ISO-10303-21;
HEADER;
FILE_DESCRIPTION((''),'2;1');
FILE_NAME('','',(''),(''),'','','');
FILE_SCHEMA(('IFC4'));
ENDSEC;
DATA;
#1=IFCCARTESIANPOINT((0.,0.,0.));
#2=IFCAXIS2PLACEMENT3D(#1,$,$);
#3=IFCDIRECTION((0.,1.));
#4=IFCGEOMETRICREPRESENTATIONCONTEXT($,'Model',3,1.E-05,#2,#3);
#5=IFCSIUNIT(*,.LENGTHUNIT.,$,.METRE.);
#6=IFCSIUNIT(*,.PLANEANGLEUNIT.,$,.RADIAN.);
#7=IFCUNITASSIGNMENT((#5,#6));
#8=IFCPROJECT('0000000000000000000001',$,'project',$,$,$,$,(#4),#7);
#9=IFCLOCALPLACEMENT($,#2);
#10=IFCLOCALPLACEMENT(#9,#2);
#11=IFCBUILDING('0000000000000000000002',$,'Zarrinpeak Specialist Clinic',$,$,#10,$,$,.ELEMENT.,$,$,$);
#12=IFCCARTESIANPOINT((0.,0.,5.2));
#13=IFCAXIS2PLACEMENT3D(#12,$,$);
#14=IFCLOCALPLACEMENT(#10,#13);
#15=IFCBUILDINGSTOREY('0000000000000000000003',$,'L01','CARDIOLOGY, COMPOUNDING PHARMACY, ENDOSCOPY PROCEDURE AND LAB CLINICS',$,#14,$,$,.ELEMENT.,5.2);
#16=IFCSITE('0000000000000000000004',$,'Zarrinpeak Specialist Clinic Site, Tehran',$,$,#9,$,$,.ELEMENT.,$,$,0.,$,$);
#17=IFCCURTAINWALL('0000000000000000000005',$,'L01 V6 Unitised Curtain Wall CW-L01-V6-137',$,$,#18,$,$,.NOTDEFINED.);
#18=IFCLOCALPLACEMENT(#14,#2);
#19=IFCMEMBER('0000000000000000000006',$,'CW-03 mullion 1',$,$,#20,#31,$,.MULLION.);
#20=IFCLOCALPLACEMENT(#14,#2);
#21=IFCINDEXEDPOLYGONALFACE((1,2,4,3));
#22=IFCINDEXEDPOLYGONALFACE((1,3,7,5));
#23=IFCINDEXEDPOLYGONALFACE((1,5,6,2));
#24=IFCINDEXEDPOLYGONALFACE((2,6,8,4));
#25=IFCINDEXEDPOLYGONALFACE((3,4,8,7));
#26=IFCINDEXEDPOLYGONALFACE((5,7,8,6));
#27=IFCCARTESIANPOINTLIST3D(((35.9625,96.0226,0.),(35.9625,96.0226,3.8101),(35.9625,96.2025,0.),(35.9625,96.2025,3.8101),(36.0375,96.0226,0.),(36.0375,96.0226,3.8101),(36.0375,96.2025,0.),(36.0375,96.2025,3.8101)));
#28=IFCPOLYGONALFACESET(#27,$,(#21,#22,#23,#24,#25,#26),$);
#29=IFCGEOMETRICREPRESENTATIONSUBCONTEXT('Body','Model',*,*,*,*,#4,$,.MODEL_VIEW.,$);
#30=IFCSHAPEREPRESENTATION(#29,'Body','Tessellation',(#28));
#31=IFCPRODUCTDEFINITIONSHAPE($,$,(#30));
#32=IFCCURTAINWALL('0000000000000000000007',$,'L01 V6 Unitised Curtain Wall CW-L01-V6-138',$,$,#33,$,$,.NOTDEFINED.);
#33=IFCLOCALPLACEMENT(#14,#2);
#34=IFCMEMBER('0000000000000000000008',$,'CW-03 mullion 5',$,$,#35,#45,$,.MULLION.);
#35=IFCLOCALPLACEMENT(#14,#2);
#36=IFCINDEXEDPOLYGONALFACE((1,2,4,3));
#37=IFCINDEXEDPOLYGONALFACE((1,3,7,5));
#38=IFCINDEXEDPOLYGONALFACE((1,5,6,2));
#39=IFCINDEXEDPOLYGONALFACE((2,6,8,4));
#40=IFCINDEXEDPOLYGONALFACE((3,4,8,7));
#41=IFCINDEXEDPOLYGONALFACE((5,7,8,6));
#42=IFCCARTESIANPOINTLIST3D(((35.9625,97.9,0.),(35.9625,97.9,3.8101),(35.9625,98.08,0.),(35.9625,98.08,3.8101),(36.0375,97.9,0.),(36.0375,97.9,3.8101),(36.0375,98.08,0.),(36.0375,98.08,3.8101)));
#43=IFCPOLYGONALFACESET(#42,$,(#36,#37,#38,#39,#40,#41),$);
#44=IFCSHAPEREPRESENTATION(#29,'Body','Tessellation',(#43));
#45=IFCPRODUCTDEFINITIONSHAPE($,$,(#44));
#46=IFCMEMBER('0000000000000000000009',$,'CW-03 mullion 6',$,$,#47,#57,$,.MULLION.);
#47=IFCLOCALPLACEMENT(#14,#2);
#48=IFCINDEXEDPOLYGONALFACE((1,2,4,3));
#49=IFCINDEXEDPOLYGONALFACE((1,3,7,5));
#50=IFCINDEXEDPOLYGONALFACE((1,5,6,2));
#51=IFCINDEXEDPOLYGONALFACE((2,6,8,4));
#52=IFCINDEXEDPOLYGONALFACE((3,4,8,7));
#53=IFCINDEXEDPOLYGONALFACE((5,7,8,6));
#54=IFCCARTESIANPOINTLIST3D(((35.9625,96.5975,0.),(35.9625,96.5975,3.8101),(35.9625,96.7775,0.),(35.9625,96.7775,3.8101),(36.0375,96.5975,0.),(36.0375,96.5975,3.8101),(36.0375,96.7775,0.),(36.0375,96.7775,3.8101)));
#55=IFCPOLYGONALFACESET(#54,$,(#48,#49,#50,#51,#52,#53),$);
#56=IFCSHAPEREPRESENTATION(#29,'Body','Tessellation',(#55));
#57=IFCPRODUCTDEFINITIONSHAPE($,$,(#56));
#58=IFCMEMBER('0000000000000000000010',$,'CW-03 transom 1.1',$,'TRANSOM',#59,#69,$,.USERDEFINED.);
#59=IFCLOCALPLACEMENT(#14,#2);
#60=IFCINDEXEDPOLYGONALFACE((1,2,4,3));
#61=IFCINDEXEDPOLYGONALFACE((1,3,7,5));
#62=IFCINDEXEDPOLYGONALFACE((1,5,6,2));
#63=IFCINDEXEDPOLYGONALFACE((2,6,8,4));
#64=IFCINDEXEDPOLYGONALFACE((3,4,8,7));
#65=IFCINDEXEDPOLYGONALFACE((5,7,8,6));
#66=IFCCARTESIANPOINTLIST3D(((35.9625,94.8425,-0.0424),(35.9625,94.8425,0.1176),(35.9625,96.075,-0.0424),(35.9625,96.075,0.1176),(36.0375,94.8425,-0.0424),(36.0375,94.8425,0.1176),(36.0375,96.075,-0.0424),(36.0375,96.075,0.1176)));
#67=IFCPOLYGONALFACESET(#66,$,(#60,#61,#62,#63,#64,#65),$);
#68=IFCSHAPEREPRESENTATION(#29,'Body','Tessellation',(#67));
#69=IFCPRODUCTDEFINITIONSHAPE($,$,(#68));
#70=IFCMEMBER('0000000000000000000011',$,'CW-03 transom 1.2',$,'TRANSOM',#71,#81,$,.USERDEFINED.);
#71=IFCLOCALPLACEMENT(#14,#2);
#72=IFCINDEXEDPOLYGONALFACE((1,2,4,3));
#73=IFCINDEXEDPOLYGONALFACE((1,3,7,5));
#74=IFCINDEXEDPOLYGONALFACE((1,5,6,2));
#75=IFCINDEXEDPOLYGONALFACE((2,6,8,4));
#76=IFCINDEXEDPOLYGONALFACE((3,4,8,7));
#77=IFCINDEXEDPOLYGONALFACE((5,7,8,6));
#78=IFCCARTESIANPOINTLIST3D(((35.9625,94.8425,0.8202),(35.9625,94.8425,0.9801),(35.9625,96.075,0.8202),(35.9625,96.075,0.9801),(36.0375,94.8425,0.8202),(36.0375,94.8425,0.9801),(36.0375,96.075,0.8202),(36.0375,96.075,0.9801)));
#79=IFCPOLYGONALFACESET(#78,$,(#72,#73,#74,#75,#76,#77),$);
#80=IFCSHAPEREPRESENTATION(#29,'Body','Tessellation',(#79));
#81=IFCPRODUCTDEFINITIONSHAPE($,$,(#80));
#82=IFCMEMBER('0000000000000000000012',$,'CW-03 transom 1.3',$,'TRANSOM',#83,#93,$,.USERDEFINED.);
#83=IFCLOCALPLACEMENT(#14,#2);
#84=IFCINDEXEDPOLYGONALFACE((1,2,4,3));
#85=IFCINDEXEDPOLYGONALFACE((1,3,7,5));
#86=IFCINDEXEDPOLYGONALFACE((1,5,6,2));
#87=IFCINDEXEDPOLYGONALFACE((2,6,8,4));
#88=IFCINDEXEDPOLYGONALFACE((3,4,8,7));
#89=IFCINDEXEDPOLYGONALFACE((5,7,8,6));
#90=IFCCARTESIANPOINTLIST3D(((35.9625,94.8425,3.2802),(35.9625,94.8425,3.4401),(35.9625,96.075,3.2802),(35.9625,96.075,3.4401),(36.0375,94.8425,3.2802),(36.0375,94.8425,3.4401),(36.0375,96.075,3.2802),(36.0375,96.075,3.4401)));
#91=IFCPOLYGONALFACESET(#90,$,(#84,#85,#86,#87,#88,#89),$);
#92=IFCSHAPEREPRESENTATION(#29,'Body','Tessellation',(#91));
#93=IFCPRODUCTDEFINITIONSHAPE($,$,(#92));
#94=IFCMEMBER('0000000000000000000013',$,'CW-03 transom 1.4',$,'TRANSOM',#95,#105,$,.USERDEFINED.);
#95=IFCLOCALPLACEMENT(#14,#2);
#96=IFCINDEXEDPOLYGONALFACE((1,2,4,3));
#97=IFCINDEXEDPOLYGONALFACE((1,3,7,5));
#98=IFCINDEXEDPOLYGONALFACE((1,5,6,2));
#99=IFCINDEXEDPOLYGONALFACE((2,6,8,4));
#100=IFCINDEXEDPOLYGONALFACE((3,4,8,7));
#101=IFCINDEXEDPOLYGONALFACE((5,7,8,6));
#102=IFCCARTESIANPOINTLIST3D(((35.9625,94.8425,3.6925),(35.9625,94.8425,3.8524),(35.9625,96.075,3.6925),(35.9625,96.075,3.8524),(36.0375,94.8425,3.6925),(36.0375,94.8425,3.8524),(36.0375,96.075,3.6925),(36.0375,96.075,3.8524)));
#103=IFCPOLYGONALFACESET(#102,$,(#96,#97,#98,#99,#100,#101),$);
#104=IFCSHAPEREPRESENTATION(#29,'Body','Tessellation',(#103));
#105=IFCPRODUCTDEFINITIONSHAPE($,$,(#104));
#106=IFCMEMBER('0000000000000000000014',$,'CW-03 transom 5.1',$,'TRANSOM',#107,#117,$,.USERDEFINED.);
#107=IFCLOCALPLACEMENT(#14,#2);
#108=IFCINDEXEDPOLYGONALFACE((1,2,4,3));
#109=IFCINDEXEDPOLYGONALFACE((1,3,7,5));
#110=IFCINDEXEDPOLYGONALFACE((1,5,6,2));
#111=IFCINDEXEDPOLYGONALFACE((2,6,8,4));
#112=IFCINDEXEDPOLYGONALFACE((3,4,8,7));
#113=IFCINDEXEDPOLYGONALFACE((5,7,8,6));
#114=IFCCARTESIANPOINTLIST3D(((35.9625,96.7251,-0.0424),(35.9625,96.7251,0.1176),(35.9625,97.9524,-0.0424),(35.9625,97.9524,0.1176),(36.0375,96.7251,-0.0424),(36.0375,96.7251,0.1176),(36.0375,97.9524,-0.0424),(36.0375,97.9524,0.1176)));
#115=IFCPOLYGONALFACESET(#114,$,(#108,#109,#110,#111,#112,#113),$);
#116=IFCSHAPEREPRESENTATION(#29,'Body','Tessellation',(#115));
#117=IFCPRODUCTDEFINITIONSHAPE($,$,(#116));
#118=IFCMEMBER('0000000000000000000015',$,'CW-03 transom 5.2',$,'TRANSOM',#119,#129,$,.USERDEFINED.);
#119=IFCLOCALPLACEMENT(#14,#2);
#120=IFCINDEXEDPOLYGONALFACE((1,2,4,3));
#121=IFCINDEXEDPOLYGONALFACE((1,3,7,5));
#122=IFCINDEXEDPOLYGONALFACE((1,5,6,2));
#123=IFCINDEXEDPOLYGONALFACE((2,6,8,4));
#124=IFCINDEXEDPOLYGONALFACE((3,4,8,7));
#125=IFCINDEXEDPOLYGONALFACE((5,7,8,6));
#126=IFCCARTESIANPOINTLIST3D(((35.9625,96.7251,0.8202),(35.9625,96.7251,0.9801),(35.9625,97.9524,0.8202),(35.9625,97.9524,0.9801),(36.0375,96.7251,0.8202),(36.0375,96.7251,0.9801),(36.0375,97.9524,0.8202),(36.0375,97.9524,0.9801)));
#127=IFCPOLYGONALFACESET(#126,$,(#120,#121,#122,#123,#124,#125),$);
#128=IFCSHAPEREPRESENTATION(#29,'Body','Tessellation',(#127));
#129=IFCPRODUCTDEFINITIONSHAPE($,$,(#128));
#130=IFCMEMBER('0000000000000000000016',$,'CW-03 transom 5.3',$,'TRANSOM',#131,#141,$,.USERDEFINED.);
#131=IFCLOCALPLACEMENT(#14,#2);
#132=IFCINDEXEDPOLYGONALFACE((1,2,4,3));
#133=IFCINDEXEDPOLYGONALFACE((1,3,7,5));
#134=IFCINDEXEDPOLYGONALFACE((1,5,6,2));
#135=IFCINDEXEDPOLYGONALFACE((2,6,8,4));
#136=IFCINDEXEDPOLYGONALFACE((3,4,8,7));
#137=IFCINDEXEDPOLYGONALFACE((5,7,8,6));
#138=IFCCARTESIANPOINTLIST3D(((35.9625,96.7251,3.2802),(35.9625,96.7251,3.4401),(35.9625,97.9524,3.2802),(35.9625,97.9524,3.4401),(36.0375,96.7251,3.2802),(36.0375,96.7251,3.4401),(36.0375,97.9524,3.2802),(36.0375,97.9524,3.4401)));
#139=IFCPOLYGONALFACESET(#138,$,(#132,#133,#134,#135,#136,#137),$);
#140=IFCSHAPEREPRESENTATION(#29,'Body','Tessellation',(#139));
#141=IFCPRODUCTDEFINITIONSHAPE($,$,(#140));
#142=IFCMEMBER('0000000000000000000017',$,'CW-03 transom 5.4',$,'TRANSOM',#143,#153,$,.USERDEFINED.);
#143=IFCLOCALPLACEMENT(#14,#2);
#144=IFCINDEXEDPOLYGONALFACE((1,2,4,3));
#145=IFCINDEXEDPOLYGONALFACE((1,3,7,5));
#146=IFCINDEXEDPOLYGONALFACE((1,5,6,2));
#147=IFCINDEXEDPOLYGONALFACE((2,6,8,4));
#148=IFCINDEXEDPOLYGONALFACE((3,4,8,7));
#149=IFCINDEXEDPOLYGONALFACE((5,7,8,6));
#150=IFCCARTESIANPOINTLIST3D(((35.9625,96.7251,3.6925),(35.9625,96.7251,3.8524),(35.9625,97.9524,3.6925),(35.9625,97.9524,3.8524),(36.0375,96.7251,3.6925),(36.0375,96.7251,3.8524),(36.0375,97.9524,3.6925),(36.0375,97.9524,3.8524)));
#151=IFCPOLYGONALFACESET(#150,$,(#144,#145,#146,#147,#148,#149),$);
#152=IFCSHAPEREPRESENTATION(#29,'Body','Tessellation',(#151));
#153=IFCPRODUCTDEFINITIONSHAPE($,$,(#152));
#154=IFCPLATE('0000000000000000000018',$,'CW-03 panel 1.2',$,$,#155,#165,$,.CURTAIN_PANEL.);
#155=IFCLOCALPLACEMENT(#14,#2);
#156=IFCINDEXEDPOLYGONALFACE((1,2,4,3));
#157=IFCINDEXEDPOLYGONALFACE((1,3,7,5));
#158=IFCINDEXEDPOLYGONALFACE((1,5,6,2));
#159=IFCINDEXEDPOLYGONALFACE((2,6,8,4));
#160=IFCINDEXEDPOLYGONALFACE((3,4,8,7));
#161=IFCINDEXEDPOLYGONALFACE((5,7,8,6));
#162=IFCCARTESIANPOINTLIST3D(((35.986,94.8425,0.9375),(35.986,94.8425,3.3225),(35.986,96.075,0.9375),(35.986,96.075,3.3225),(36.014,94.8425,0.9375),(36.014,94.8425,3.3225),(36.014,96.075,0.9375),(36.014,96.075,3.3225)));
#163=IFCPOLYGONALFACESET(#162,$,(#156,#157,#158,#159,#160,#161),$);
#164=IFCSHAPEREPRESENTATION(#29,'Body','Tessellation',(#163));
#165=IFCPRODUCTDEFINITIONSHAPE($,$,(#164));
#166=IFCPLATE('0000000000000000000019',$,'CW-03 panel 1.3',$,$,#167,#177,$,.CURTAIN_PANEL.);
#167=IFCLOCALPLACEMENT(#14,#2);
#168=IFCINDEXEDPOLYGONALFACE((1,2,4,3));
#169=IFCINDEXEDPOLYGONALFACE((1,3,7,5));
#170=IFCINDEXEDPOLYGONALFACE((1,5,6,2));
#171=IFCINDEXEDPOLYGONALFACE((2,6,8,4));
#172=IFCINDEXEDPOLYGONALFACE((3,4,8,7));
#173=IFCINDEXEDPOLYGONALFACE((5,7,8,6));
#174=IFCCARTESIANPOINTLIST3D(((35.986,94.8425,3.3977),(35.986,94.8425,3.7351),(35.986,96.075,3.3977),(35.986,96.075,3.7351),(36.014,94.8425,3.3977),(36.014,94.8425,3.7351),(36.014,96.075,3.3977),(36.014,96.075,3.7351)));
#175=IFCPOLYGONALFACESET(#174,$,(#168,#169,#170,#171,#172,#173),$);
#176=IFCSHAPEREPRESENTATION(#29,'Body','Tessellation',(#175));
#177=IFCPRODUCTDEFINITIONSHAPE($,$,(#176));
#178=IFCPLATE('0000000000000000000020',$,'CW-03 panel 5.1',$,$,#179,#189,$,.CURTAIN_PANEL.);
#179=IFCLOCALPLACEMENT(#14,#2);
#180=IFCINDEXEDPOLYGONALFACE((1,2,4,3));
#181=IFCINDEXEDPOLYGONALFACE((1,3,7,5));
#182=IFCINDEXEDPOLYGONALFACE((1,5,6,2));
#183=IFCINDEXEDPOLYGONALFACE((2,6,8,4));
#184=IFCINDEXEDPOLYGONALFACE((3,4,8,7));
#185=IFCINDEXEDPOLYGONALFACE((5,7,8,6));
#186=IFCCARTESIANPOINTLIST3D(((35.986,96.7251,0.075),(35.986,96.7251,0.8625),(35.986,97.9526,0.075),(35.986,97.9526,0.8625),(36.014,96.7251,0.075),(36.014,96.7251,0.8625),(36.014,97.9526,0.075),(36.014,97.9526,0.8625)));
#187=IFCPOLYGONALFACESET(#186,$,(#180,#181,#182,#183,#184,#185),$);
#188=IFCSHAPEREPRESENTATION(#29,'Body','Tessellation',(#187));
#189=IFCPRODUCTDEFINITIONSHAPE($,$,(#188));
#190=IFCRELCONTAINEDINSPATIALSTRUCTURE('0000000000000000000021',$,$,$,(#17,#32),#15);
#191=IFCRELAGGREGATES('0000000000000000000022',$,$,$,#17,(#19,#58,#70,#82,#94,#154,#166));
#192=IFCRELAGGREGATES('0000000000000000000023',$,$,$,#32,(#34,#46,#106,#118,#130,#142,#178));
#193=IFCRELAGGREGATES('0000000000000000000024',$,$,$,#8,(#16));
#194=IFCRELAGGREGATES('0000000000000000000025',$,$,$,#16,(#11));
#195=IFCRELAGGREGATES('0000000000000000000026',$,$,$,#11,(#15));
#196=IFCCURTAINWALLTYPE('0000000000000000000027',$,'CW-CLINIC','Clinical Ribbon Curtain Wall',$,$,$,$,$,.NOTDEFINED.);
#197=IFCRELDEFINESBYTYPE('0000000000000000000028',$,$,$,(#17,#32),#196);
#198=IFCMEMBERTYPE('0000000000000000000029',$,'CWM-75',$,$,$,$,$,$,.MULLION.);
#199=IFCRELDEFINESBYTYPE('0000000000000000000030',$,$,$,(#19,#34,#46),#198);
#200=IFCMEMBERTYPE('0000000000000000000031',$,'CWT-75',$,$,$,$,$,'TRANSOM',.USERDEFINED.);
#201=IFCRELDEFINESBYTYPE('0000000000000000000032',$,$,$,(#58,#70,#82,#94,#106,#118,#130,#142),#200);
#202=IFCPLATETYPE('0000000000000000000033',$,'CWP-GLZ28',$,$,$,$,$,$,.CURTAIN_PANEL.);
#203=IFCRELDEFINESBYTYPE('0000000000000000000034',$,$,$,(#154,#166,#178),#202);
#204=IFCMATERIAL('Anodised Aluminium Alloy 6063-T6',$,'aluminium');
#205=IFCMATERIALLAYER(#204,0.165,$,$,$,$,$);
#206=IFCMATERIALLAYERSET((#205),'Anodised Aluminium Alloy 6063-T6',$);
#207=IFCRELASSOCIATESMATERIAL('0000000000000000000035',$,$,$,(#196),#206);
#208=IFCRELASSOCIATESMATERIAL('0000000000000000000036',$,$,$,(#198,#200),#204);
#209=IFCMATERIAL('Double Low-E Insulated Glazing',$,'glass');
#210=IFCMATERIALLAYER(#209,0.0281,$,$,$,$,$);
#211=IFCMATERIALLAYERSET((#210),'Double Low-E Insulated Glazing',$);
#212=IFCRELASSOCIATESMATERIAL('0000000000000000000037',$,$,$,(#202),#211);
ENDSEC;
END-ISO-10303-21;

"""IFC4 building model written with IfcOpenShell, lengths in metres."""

from ifc_helpers import new_model, si_unit, direction, frame, origin, origin_2d, place, context, subcontext, project, spatial, rectangle, extrude, material, layer, layer_set, material_profile, profile_set, type_object, element, aggregate, save


model = new_model("IFC4")

# Units and contexts
model_context = context("Model", 3, precision=1e-05, world=origin(), true_north=direction((0.0, 1.0)))
body_context = subcontext(model_context, "Body", "Model", "MODEL_VIEW")
ifc_project = project(units=[si_unit("LENGTHUNIT", "METRE"), si_unit("PLANEANGLEUNIT", "RADIAN")], contexts=[model_context])

# Site, building, storey
site_placement = place(None, origin())
site = spatial("IfcSite", under=ifc_project, at=site_placement, Name="Zarrinpeak Specialist Clinic Site, Tehran", CompositionType="ELEMENT", RefElevation=0.0)
building_placement = place(site_placement, origin())
building = spatial("IfcBuilding", under=site, at=building_placement, Name="Zarrinpeak Specialist Clinic", CompositionType="ELEMENT")
storey_placement = place(building_placement, frame((0.0, 0.0, 5.2)))
storey = spatial("IfcBuildingStorey", under=building, at=storey_placement, Name="L01", Description="CARDIOLOGY, COMPOUNDING PHARMACY, ENDOSCOPY PROCEDURE AND LAB CLINICS", CompositionType="ELEMENT", Elevation=5.2)

# Curtain wall, member
ifc_material_1 = material(Name="Anodised Aluminium Alloy 6063-T6", Category="aluminium")
ifc_layer_1 = layer(ifc_material_1, 0.165)
ifc_layer_set_1 = layer_set([ifc_layer_1], Name="Anodised Aluminium Alloy 6063-T6")
curtain_wall_type = type_object("IfcCurtainWallType", Name="CW-CLINIC", Description="Clinical Ribbon Curtain Wall", PredefinedType="NOTDEFINED", material=ifc_layer_set_1)
curtain_wall_1_placement = place(storey_placement, origin())
curtain_wall_1 = element("IfcCurtainWall", 1, at=curtain_wall_1_placement, inside=storey, type_object=curtain_wall_type, Name="L01 V6 Unitised Curtain Wall CW-L01-V6-137", PredefinedType="NOTDEFINED")
ifc_material_profile_1 = material_profile(ifc_material_1, rectangle(XDim=0.075, YDim=0.1799, at=origin_2d()), Name="ALU 75x180")
ifc_profile_set_1 = profile_set([ifc_material_profile_1], Name="Anodised Aluminium Alloy 6063-T6")
member_type_1 = type_object("IfcMemberType", Name="CWM-75", PredefinedType="MULLION", material=ifc_profile_set_1)
member_1_placement = place(storey_placement, frame((36.0, 96.1125, 0.0), z_axis=(0.0, 0.0, 1.0), x_axis=(1.0, 0.0, 0.0)))
member_1 = element("IfcMember", 2, at=member_1_placement, type_object=member_type_1, Name="CW-03 mullion 1", PredefinedType="MULLION", context=body_context, shape_type="SweptSolid", body=[
    extrude(rectangle(XDim=0.075, YDim=0.1799, at=origin_2d()), origin(), (0.0, 0.0, 1.0), 3.8101),
])

# Curtain wall, members
curtain_wall_2_placement = place(storey_placement, origin())
curtain_wall_2 = element("IfcCurtainWall", 3, at=curtain_wall_2_placement, inside=storey, type_object=curtain_wall_type, Name="L01 V6 Unitised Curtain Wall CW-L01-V6-138", PredefinedType="NOTDEFINED")
member_2_placement = place(storey_placement, frame((36.0, 97.99, 0.0), z_axis=(0.0, 0.0, 1.0), x_axis=(1.0, 0.0, 0.0)))
member_2 = element("IfcMember", 4, at=member_2_placement, type_object=member_type_1, Name="CW-03 mullion 5", PredefinedType="MULLION", context=body_context, shape_type="SweptSolid", body=[
    extrude(rectangle(XDim=0.075, YDim=0.1799, at=origin_2d()), origin(), (0.0, 0.0, 1.0), 3.8101),
])
member_3_placement = place(storey_placement, frame((36.0, 96.6875, 0.0), z_axis=(0.0, 0.0, 1.0), x_axis=(1.0, 0.0, 0.0)))
member_3 = element("IfcMember", 5, at=member_3_placement, type_object=member_type_1, Name="CW-03 mullion 6", PredefinedType="MULLION", context=body_context, shape_type="SweptSolid", body=[
    extrude(rectangle(XDim=0.075, YDim=0.1799, at=origin_2d()), origin(), (0.0, 0.0, 1.0), 3.8101),
])

# Members
ifc_material_profile_2 = material_profile(ifc_material_1, rectangle(XDim=0.075, YDim=0.1599, at=origin_2d()), Name="ALU 75x160")
ifc_profile_set_2 = profile_set([ifc_material_profile_2], Name="Anodised Aluminium Alloy 6063-T6")
member_type_2 = type_object("IfcMemberType", Name="CWT-75", ElementType="TRANSOM", PredefinedType="USERDEFINED", material=ifc_profile_set_2)
member_4_placement = place(storey_placement, frame((36.0, 96.075, 0.0376), z_axis=(0.0, -1.0, 0.0), x_axis=(1.0, 0.0, 0.0)))
member_4 = element("IfcMember", 6, at=member_4_placement, type_object=member_type_2, Name="CW-03 transom 1.1", ObjectType="TRANSOM", PredefinedType="USERDEFINED", context=body_context, shape_type="SweptSolid", body=[
    extrude(rectangle(XDim=0.075, YDim=0.1599, at=origin_2d()), origin(), (0.0, 0.0, 1.0), 1.2324),
])
member_5_placement = place(storey_placement, frame((36.0, 96.075, 0.9001), z_axis=(0.0, -1.0, 0.0), x_axis=(1.0, 0.0, 0.0)))
member_5 = element("IfcMember", 7, at=member_5_placement, type_object=member_type_2, Name="CW-03 transom 1.2", ObjectType="TRANSOM", PredefinedType="USERDEFINED", context=body_context, shape_type="SweptSolid", body=[
    extrude(rectangle(XDim=0.075, YDim=0.1599, at=origin_2d()), origin(), (0.0, 0.0, 1.0), 1.2324),
])
member_6_placement = place(storey_placement, frame((36.0, 96.075, 3.3601), z_axis=(0.0, -1.0, 0.0), x_axis=(1.0, 0.0, 0.0)))
member_6 = element("IfcMember", 8, at=member_6_placement, type_object=member_type_2, Name="CW-03 transom 1.3", ObjectType="TRANSOM", PredefinedType="USERDEFINED", context=body_context, shape_type="SweptSolid", body=[
    extrude(rectangle(XDim=0.075, YDim=0.1599, at=origin_2d()), origin(), (0.0, 0.0, 1.0), 1.2324),
])
member_7_placement = place(storey_placement, frame((36.0, 96.075, 3.7725), z_axis=(0.0, -1.0, 0.0), x_axis=(1.0, 0.0, 0.0)))
member_7 = element("IfcMember", 9, at=member_7_placement, type_object=member_type_2, Name="CW-03 transom 1.4", ObjectType="TRANSOM", PredefinedType="USERDEFINED", context=body_context, shape_type="SweptSolid", body=[
    extrude(rectangle(XDim=0.075, YDim=0.1599, at=origin_2d()), origin(), (0.0, 0.0, 1.0), 1.2324),
])
member_8_placement = place(storey_placement, frame((36.0, 97.9524, 0.0376), z_axis=(0.0, -1.0, 0.0), x_axis=(1.0, 0.0, 0.0)))
member_8 = element("IfcMember", 10, at=member_8_placement, type_object=member_type_2, Name="CW-03 transom 5.1", ObjectType="TRANSOM", PredefinedType="USERDEFINED", context=body_context, shape_type="SweptSolid", body=[
    extrude(rectangle(XDim=0.075, YDim=0.1599, at=origin_2d()), origin(), (0.0, 0.0, 1.0), 1.2273),
])
member_9_placement = place(storey_placement, frame((36.0, 97.9524, 0.9001), z_axis=(0.0, -1.0, 0.0), x_axis=(1.0, 0.0, 0.0)))
member_9 = element("IfcMember", 11, at=member_9_placement, type_object=member_type_2, Name="CW-03 transom 5.2", ObjectType="TRANSOM", PredefinedType="USERDEFINED", context=body_context, shape_type="SweptSolid", body=[
    extrude(rectangle(XDim=0.075, YDim=0.1599, at=origin_2d()), origin(), (0.0, 0.0, 1.0), 1.2273),
])
member_10_placement = place(storey_placement, frame((36.0, 97.9524, 3.3601), z_axis=(0.0, -1.0, 0.0), x_axis=(1.0, 0.0, 0.0)))
member_10 = element("IfcMember", 12, at=member_10_placement, type_object=member_type_2, Name="CW-03 transom 5.3", ObjectType="TRANSOM", PredefinedType="USERDEFINED", context=body_context, shape_type="SweptSolid", body=[
    extrude(rectangle(XDim=0.075, YDim=0.1599, at=origin_2d()), origin(), (0.0, 0.0, 1.0), 1.2273),
])
member_11_placement = place(storey_placement, frame((36.0, 97.9524, 3.7725), z_axis=(0.0, -1.0, 0.0), x_axis=(1.0, 0.0, 0.0)))
member_11 = element("IfcMember", 13, at=member_11_placement, type_object=member_type_2, Name="CW-03 transom 5.4", ObjectType="TRANSOM", PredefinedType="USERDEFINED", context=body_context, shape_type="SweptSolid", body=[
    extrude(rectangle(XDim=0.075, YDim=0.1599, at=origin_2d()), origin(), (0.0, 0.0, 1.0), 1.2273),
])

# Plates
ifc_material_2 = material(Name="Double Low-E Insulated Glazing", Category="glass")
ifc_layer_2 = layer(ifc_material_2, 0.0281)
ifc_layer_set_2 = layer_set([ifc_layer_2], Name="Double Low-E Insulated Glazing")
plate_type = type_object("IfcPlateType", Name="CWP-GLZ28", PredefinedType="CURTAIN_PANEL", material=ifc_layer_set_2)
plate_1_placement = place(storey_placement, frame((36.0, 95.4587, 0.9375), z_axis=(0.0, 0.0, 1.0), x_axis=(0.0, -1.0, 0.0)))
plate_1 = element("IfcPlate", 14, at=plate_1_placement, type_object=plate_type, Name="CW-03 panel 1.2", PredefinedType="CURTAIN_PANEL", context=body_context, shape_type="SweptSolid", body=[
    extrude(rectangle(XDim=1.2324, YDim=0.0281, at=origin_2d()), origin(), (0.0, 0.0, 1.0), 2.385),
])
plate_2_placement = place(storey_placement, frame((36.0, 95.4587, 3.3977), z_axis=(0.0, 0.0, 1.0), x_axis=(0.0, -1.0, 0.0)))
plate_2 = element("IfcPlate", 15, at=plate_2_placement, type_object=plate_type, Name="CW-03 panel 1.3", PredefinedType="CURTAIN_PANEL", context=body_context, shape_type="SweptSolid", body=[
    extrude(rectangle(XDim=1.2324, YDim=0.0281, at=origin_2d()), origin(), (0.0, 0.0, 1.0), 0.3374),
])
aggregate(curtain_wall_1, [member_1, member_4, member_5, member_6, member_7, plate_1, plate_2])
plate_3_placement = place(storey_placement, frame((36.0, 97.3389, 0.075), z_axis=(0.0, 0.0, 1.0), x_axis=(0.0, -1.0, 0.0)))
plate_3 = element("IfcPlate", 16, at=plate_3_placement, type_object=plate_type, Name="CW-03 panel 5.1", PredefinedType="CURTAIN_PANEL", context=body_context, shape_type="SweptSolid", body=[
    extrude(rectangle(XDim=1.2275, YDim=0.0281, at=origin_2d()), origin(), (0.0, 0.0, 1.0), 0.7876),
])
aggregate(curtain_wall_2, [member_2, member_3, member_8, member_9, member_10, member_11, plate_3])

save(model, "model.ifc")
